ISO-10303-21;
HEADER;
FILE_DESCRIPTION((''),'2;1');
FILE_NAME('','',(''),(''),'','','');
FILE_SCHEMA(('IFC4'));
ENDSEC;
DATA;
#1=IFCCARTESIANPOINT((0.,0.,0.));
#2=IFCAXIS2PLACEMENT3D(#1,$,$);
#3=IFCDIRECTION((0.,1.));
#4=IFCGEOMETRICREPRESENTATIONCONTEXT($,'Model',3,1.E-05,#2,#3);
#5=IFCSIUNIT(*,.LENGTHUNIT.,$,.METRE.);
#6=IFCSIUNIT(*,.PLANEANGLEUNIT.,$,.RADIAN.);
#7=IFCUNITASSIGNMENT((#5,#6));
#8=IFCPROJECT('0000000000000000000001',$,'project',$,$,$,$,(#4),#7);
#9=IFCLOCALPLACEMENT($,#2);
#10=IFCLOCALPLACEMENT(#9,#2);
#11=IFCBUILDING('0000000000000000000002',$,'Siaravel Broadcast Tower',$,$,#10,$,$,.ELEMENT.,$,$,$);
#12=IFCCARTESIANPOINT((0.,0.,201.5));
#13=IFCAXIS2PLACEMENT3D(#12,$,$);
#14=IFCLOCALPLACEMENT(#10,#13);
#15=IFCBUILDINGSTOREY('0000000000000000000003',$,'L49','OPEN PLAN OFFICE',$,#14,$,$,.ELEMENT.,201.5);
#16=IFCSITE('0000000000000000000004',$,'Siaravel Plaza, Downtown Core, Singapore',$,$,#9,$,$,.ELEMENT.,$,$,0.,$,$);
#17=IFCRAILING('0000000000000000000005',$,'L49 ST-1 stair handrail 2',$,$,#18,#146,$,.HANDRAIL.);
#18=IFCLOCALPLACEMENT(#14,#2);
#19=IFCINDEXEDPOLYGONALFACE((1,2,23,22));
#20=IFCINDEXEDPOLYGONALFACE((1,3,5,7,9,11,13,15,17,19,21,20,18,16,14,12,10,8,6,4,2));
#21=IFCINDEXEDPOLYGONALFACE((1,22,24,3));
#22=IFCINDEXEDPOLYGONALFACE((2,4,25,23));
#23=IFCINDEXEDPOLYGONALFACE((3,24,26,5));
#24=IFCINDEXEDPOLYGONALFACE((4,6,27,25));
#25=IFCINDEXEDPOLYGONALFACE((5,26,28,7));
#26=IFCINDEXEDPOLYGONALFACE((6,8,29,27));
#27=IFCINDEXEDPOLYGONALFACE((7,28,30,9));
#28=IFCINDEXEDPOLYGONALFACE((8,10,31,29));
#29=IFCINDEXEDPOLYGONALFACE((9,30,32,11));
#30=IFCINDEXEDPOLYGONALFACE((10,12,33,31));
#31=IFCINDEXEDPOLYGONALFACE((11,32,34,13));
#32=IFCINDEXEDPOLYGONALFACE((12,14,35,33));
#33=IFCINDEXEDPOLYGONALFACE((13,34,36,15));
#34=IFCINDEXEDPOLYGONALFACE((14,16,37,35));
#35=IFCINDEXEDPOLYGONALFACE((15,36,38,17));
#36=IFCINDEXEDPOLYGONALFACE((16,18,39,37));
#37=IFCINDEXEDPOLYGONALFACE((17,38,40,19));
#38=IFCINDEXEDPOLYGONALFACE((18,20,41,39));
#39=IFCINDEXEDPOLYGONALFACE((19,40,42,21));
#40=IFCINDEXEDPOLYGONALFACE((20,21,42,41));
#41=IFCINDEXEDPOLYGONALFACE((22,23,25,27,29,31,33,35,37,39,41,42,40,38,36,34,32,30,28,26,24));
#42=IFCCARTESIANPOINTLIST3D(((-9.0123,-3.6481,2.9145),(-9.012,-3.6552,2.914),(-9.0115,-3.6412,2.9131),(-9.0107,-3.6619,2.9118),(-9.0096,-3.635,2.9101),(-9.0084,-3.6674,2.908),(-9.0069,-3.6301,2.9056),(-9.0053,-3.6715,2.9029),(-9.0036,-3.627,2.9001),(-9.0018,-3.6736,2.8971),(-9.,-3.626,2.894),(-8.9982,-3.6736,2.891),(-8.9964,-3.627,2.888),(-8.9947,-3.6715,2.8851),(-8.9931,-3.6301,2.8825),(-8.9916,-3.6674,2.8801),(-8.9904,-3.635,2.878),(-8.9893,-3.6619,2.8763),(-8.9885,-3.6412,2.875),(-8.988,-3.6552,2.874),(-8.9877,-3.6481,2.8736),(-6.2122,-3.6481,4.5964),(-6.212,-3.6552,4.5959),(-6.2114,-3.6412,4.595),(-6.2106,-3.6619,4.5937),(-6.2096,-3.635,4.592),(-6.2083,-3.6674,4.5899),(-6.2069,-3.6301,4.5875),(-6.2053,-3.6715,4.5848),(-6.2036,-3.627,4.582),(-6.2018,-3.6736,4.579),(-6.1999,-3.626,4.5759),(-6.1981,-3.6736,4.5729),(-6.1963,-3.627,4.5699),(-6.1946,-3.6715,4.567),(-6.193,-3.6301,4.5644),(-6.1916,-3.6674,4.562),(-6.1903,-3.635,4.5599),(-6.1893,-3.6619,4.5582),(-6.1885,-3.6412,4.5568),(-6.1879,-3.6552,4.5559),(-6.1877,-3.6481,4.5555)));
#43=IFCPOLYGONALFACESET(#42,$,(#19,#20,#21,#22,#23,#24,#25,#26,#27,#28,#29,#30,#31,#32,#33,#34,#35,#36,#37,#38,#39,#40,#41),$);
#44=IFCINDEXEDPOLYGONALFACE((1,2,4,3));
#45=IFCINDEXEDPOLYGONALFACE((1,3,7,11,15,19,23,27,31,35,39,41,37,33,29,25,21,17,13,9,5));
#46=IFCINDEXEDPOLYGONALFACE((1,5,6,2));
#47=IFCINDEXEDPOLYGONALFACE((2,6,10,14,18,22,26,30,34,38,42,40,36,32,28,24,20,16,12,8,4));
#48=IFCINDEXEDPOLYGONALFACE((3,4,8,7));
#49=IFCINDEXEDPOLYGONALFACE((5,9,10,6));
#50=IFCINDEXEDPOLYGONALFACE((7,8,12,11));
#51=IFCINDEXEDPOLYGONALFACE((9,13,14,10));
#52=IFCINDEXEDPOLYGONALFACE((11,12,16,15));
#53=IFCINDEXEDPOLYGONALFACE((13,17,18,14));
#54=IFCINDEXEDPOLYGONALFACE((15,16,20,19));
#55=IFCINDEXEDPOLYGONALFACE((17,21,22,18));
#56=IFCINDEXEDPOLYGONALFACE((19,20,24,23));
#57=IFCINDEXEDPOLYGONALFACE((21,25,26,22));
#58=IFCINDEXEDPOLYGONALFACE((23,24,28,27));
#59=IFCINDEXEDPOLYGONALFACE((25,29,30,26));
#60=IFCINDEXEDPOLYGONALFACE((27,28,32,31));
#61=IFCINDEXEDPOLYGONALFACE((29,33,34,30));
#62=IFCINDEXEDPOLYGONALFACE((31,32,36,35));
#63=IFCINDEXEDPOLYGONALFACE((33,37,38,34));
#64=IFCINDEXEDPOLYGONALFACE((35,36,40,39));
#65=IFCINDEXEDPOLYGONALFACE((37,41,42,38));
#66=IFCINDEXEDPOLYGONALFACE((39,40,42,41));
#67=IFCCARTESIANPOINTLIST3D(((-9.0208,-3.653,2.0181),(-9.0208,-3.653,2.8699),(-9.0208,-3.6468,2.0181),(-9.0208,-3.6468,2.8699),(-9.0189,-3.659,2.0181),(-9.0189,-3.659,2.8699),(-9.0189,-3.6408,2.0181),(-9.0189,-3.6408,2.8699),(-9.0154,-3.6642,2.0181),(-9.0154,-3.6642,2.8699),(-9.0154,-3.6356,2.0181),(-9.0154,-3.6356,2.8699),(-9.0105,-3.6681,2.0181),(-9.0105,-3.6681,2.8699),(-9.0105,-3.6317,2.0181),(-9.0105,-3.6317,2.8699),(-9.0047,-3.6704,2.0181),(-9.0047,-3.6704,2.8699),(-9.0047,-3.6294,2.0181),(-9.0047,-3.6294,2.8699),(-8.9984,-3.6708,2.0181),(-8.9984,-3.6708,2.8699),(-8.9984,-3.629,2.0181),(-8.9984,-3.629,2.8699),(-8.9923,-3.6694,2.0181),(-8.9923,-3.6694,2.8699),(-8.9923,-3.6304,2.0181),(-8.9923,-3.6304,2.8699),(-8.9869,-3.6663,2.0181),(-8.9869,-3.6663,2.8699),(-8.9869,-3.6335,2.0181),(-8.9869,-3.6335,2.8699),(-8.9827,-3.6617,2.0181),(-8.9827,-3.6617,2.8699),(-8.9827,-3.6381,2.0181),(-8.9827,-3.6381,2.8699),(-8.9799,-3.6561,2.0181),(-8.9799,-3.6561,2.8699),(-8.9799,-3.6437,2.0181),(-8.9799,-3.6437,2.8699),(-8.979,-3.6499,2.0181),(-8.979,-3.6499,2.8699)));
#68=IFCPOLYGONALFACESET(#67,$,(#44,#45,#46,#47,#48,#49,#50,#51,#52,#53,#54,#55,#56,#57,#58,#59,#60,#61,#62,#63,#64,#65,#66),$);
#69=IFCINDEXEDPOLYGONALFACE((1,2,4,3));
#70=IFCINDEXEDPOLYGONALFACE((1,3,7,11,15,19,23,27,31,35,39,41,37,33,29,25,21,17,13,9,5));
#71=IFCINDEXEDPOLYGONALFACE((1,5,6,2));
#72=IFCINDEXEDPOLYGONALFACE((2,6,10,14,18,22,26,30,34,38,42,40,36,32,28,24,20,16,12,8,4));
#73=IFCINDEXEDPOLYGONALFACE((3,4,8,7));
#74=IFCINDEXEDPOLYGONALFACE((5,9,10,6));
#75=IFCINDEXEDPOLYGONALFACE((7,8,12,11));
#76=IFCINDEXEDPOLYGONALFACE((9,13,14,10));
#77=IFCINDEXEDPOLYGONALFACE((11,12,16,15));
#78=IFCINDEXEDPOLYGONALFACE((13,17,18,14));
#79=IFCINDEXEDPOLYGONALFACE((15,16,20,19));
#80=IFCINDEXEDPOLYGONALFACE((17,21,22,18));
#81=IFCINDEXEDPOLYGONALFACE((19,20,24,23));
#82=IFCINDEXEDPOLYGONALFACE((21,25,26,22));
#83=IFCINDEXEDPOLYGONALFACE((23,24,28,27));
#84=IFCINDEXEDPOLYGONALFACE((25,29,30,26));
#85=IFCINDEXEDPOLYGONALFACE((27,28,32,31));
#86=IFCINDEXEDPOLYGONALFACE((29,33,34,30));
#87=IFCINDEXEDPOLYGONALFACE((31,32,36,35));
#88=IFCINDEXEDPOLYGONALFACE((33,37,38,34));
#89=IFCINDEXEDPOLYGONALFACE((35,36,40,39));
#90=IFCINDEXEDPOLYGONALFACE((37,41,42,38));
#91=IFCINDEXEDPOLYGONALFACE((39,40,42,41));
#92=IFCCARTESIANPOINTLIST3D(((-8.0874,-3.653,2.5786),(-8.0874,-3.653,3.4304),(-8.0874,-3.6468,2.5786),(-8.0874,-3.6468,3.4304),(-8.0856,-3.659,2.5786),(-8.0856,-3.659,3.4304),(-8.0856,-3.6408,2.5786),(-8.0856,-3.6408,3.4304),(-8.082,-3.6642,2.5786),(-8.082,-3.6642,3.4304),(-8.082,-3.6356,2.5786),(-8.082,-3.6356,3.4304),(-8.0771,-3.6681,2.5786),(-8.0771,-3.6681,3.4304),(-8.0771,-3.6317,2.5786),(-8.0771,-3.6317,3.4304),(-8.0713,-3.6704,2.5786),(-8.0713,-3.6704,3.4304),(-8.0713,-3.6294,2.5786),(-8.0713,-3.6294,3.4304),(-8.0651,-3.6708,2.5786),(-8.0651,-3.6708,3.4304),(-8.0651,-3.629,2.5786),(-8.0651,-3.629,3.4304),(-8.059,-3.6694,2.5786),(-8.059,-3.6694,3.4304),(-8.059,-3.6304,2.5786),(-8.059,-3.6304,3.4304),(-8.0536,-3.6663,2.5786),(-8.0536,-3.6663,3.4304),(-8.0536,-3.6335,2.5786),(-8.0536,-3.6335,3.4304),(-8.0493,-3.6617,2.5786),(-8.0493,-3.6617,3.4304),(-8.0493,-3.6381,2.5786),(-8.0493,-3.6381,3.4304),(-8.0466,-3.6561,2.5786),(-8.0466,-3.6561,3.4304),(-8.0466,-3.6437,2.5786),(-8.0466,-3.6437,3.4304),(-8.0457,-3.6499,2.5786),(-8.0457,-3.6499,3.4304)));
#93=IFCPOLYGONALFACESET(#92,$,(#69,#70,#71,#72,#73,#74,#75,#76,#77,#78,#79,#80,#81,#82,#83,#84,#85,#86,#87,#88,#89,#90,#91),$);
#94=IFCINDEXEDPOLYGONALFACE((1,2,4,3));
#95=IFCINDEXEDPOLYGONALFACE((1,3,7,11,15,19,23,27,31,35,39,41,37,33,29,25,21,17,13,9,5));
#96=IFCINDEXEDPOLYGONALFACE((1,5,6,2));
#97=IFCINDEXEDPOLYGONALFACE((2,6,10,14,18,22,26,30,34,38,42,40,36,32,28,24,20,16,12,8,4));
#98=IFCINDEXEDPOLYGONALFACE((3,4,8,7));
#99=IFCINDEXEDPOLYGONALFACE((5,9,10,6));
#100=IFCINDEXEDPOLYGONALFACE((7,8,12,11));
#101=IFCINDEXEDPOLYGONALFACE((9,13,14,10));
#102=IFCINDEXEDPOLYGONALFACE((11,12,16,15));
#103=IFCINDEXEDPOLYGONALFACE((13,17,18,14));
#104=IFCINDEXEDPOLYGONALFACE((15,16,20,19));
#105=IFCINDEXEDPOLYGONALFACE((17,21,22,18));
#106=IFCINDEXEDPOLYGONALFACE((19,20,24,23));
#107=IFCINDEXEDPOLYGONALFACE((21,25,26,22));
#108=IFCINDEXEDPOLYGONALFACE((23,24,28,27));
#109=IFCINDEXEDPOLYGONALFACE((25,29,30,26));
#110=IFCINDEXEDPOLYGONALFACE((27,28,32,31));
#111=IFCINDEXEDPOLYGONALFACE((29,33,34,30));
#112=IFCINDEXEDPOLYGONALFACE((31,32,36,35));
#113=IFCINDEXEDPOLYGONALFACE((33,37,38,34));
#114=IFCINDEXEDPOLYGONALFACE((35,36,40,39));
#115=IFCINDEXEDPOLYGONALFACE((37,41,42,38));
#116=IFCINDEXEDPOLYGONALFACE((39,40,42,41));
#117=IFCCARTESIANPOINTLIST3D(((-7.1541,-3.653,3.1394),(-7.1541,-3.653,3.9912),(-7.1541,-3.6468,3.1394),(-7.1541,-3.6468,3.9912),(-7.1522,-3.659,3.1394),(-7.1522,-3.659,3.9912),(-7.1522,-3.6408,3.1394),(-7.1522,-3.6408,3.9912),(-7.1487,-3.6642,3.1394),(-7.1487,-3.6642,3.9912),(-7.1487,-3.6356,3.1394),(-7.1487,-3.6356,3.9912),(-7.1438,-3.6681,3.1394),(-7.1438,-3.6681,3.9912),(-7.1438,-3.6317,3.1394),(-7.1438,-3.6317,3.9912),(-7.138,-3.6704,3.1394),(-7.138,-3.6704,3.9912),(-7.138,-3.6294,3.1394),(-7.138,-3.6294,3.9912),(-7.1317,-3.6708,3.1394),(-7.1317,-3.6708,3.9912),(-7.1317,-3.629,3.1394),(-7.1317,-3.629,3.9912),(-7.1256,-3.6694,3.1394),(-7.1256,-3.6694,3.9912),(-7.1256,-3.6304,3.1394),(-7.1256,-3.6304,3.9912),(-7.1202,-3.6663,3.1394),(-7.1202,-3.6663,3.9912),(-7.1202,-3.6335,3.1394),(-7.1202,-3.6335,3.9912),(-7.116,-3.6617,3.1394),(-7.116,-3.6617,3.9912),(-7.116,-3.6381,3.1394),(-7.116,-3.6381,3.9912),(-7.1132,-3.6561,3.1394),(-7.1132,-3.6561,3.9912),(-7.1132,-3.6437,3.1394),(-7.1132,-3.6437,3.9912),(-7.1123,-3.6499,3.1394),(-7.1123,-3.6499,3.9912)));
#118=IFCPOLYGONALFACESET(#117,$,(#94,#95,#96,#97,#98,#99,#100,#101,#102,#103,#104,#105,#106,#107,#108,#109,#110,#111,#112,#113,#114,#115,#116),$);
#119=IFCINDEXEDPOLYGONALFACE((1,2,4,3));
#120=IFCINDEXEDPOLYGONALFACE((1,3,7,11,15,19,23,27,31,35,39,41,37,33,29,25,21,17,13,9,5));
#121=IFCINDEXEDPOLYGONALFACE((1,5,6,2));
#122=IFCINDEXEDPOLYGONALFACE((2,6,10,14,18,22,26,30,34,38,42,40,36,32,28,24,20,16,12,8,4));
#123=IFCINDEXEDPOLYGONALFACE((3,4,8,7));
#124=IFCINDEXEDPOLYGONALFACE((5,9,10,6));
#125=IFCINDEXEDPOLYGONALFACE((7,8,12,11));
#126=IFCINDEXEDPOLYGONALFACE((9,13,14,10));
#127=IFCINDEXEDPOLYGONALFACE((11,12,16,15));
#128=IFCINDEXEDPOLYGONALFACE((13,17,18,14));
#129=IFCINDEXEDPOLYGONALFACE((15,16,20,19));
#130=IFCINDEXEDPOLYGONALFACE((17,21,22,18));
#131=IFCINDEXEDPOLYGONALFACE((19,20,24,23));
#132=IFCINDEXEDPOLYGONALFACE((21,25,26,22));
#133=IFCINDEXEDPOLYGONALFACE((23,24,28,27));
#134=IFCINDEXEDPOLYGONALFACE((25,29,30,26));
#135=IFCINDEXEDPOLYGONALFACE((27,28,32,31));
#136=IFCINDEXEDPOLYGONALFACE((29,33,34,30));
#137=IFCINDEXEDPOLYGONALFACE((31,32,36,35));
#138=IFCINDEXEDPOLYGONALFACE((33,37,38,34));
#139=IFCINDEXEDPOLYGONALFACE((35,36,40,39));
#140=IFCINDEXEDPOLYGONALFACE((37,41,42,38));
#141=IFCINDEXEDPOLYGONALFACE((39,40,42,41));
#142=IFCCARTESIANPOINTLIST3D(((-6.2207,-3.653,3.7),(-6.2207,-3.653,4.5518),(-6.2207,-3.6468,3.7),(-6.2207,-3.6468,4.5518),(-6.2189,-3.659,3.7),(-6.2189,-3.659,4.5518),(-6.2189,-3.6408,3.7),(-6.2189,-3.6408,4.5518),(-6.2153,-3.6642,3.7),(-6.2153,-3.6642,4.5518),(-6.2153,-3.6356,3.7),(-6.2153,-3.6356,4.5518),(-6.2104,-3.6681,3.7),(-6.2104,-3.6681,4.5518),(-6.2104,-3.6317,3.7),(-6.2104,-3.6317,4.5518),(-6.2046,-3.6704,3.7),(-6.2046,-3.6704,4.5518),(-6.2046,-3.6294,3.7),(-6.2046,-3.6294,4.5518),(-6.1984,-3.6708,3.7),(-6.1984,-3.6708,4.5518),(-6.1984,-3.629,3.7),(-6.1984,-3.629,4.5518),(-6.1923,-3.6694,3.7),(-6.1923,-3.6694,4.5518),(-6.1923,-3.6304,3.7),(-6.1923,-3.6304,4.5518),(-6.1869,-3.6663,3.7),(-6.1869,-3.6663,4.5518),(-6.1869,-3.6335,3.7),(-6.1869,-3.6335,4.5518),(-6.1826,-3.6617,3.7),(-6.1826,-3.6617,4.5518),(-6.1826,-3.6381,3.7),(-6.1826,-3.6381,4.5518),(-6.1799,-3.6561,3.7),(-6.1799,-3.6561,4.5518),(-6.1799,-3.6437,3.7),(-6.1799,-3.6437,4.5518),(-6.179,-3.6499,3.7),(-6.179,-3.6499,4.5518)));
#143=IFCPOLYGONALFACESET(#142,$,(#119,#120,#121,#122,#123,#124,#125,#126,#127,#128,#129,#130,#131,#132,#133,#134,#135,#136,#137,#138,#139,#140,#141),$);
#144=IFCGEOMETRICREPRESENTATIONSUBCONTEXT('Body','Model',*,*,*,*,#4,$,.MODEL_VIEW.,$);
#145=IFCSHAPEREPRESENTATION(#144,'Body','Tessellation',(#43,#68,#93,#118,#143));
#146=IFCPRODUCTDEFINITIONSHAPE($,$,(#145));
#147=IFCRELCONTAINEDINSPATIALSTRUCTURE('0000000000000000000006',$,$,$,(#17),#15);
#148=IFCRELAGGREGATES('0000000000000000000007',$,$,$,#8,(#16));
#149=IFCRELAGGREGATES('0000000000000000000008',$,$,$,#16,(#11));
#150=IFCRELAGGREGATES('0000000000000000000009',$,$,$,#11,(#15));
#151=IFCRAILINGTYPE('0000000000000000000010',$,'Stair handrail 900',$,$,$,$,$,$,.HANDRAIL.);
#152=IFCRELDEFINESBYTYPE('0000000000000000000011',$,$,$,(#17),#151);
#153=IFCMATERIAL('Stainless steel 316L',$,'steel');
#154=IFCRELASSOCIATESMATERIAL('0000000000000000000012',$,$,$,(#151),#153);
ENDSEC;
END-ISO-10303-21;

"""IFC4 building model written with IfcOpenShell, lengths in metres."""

from ifc_helpers import new_model, si_unit, direction, frame, origin, origin_2d, place, context, subcontext, project, spatial, circle, extrude, material, type_object, element, save


model = new_model("IFC4")

# Units and contexts
model_context = context("Model", 3, precision=1e-05, world=origin(), true_north=direction((0.0, 1.0)))
body_context = subcontext(model_context, "Body", "Model", "MODEL_VIEW")
ifc_project = project(units=[si_unit("LENGTHUNIT", "METRE"), si_unit("PLANEANGLEUNIT", "RADIAN")], contexts=[model_context])

# Site, building, storey
site_placement = place(None, origin())
site = spatial("IfcSite", under=ifc_project, at=site_placement, Name="Siaravel Plaza, Downtown Core, Singapore", CompositionType="ELEMENT", RefElevation=0.0)
building_placement = place(site_placement, origin())
building = spatial("IfcBuilding", under=site, at=building_placement, Name="Siaravel Broadcast Tower", CompositionType="ELEMENT")
storey_placement = place(building_placement, frame((0.0, 0.0, 201.5)))
storey = spatial("IfcBuildingStorey", under=building, at=storey_placement, Name="L49", Description="OPEN PLAN OFFICE", CompositionType="ELEMENT", Elevation=201.5)

# Shared definitions
ifc_material_1 = material(Name="Stainless steel 316L", Category="steel")

# Railing
railing_type_1 = type_object("IfcRailingType", Name="Stair handrail 900", PredefinedType="HANDRAIL", material=ifc_material_1)
railing_1_placement = place(storey_placement, frame((-9.0, -3.6499, 2.0181)))
element("IfcRailing", 1, at=railing_1_placement, inside=storey, type_object=railing_type_1, Name="L49 ST-1 stair handrail 2", PredefinedType="HANDRAIL", context=body_context, shape_type="SweptSolid", body=[
    extrude(circle(Radius=0.0239, at=origin_2d()), frame((0.0, 0.0, 0.876), z_axis=(0.857242, 0.0, 0.514913), x_axis=(0.0, 1.0, 0.0)), (0.0, 0.0, 1.0), 3.2664),
    extrude(circle(Radius=0.021, at=origin_2d()), origin(), (0.0, 0.0, 1.0), 0.8518),
    extrude(circle(Radius=0.021, at=origin_2d()), frame((0.9333, 0.0, 0.5605)), (0.0, 0.0, 1.0), 0.8518),
    extrude(circle(Radius=0.021, at=origin_2d()), frame((1.8667, 0.0, 1.1213)), (0.0, 0.0, 1.0), 0.8518),
    extrude(circle(Radius=0.021, at=origin_2d()), frame((2.8, 0.0, 1.6819)), (0.0, 0.0, 1.0), 0.8518),
])

save(model, "model.ifc")
